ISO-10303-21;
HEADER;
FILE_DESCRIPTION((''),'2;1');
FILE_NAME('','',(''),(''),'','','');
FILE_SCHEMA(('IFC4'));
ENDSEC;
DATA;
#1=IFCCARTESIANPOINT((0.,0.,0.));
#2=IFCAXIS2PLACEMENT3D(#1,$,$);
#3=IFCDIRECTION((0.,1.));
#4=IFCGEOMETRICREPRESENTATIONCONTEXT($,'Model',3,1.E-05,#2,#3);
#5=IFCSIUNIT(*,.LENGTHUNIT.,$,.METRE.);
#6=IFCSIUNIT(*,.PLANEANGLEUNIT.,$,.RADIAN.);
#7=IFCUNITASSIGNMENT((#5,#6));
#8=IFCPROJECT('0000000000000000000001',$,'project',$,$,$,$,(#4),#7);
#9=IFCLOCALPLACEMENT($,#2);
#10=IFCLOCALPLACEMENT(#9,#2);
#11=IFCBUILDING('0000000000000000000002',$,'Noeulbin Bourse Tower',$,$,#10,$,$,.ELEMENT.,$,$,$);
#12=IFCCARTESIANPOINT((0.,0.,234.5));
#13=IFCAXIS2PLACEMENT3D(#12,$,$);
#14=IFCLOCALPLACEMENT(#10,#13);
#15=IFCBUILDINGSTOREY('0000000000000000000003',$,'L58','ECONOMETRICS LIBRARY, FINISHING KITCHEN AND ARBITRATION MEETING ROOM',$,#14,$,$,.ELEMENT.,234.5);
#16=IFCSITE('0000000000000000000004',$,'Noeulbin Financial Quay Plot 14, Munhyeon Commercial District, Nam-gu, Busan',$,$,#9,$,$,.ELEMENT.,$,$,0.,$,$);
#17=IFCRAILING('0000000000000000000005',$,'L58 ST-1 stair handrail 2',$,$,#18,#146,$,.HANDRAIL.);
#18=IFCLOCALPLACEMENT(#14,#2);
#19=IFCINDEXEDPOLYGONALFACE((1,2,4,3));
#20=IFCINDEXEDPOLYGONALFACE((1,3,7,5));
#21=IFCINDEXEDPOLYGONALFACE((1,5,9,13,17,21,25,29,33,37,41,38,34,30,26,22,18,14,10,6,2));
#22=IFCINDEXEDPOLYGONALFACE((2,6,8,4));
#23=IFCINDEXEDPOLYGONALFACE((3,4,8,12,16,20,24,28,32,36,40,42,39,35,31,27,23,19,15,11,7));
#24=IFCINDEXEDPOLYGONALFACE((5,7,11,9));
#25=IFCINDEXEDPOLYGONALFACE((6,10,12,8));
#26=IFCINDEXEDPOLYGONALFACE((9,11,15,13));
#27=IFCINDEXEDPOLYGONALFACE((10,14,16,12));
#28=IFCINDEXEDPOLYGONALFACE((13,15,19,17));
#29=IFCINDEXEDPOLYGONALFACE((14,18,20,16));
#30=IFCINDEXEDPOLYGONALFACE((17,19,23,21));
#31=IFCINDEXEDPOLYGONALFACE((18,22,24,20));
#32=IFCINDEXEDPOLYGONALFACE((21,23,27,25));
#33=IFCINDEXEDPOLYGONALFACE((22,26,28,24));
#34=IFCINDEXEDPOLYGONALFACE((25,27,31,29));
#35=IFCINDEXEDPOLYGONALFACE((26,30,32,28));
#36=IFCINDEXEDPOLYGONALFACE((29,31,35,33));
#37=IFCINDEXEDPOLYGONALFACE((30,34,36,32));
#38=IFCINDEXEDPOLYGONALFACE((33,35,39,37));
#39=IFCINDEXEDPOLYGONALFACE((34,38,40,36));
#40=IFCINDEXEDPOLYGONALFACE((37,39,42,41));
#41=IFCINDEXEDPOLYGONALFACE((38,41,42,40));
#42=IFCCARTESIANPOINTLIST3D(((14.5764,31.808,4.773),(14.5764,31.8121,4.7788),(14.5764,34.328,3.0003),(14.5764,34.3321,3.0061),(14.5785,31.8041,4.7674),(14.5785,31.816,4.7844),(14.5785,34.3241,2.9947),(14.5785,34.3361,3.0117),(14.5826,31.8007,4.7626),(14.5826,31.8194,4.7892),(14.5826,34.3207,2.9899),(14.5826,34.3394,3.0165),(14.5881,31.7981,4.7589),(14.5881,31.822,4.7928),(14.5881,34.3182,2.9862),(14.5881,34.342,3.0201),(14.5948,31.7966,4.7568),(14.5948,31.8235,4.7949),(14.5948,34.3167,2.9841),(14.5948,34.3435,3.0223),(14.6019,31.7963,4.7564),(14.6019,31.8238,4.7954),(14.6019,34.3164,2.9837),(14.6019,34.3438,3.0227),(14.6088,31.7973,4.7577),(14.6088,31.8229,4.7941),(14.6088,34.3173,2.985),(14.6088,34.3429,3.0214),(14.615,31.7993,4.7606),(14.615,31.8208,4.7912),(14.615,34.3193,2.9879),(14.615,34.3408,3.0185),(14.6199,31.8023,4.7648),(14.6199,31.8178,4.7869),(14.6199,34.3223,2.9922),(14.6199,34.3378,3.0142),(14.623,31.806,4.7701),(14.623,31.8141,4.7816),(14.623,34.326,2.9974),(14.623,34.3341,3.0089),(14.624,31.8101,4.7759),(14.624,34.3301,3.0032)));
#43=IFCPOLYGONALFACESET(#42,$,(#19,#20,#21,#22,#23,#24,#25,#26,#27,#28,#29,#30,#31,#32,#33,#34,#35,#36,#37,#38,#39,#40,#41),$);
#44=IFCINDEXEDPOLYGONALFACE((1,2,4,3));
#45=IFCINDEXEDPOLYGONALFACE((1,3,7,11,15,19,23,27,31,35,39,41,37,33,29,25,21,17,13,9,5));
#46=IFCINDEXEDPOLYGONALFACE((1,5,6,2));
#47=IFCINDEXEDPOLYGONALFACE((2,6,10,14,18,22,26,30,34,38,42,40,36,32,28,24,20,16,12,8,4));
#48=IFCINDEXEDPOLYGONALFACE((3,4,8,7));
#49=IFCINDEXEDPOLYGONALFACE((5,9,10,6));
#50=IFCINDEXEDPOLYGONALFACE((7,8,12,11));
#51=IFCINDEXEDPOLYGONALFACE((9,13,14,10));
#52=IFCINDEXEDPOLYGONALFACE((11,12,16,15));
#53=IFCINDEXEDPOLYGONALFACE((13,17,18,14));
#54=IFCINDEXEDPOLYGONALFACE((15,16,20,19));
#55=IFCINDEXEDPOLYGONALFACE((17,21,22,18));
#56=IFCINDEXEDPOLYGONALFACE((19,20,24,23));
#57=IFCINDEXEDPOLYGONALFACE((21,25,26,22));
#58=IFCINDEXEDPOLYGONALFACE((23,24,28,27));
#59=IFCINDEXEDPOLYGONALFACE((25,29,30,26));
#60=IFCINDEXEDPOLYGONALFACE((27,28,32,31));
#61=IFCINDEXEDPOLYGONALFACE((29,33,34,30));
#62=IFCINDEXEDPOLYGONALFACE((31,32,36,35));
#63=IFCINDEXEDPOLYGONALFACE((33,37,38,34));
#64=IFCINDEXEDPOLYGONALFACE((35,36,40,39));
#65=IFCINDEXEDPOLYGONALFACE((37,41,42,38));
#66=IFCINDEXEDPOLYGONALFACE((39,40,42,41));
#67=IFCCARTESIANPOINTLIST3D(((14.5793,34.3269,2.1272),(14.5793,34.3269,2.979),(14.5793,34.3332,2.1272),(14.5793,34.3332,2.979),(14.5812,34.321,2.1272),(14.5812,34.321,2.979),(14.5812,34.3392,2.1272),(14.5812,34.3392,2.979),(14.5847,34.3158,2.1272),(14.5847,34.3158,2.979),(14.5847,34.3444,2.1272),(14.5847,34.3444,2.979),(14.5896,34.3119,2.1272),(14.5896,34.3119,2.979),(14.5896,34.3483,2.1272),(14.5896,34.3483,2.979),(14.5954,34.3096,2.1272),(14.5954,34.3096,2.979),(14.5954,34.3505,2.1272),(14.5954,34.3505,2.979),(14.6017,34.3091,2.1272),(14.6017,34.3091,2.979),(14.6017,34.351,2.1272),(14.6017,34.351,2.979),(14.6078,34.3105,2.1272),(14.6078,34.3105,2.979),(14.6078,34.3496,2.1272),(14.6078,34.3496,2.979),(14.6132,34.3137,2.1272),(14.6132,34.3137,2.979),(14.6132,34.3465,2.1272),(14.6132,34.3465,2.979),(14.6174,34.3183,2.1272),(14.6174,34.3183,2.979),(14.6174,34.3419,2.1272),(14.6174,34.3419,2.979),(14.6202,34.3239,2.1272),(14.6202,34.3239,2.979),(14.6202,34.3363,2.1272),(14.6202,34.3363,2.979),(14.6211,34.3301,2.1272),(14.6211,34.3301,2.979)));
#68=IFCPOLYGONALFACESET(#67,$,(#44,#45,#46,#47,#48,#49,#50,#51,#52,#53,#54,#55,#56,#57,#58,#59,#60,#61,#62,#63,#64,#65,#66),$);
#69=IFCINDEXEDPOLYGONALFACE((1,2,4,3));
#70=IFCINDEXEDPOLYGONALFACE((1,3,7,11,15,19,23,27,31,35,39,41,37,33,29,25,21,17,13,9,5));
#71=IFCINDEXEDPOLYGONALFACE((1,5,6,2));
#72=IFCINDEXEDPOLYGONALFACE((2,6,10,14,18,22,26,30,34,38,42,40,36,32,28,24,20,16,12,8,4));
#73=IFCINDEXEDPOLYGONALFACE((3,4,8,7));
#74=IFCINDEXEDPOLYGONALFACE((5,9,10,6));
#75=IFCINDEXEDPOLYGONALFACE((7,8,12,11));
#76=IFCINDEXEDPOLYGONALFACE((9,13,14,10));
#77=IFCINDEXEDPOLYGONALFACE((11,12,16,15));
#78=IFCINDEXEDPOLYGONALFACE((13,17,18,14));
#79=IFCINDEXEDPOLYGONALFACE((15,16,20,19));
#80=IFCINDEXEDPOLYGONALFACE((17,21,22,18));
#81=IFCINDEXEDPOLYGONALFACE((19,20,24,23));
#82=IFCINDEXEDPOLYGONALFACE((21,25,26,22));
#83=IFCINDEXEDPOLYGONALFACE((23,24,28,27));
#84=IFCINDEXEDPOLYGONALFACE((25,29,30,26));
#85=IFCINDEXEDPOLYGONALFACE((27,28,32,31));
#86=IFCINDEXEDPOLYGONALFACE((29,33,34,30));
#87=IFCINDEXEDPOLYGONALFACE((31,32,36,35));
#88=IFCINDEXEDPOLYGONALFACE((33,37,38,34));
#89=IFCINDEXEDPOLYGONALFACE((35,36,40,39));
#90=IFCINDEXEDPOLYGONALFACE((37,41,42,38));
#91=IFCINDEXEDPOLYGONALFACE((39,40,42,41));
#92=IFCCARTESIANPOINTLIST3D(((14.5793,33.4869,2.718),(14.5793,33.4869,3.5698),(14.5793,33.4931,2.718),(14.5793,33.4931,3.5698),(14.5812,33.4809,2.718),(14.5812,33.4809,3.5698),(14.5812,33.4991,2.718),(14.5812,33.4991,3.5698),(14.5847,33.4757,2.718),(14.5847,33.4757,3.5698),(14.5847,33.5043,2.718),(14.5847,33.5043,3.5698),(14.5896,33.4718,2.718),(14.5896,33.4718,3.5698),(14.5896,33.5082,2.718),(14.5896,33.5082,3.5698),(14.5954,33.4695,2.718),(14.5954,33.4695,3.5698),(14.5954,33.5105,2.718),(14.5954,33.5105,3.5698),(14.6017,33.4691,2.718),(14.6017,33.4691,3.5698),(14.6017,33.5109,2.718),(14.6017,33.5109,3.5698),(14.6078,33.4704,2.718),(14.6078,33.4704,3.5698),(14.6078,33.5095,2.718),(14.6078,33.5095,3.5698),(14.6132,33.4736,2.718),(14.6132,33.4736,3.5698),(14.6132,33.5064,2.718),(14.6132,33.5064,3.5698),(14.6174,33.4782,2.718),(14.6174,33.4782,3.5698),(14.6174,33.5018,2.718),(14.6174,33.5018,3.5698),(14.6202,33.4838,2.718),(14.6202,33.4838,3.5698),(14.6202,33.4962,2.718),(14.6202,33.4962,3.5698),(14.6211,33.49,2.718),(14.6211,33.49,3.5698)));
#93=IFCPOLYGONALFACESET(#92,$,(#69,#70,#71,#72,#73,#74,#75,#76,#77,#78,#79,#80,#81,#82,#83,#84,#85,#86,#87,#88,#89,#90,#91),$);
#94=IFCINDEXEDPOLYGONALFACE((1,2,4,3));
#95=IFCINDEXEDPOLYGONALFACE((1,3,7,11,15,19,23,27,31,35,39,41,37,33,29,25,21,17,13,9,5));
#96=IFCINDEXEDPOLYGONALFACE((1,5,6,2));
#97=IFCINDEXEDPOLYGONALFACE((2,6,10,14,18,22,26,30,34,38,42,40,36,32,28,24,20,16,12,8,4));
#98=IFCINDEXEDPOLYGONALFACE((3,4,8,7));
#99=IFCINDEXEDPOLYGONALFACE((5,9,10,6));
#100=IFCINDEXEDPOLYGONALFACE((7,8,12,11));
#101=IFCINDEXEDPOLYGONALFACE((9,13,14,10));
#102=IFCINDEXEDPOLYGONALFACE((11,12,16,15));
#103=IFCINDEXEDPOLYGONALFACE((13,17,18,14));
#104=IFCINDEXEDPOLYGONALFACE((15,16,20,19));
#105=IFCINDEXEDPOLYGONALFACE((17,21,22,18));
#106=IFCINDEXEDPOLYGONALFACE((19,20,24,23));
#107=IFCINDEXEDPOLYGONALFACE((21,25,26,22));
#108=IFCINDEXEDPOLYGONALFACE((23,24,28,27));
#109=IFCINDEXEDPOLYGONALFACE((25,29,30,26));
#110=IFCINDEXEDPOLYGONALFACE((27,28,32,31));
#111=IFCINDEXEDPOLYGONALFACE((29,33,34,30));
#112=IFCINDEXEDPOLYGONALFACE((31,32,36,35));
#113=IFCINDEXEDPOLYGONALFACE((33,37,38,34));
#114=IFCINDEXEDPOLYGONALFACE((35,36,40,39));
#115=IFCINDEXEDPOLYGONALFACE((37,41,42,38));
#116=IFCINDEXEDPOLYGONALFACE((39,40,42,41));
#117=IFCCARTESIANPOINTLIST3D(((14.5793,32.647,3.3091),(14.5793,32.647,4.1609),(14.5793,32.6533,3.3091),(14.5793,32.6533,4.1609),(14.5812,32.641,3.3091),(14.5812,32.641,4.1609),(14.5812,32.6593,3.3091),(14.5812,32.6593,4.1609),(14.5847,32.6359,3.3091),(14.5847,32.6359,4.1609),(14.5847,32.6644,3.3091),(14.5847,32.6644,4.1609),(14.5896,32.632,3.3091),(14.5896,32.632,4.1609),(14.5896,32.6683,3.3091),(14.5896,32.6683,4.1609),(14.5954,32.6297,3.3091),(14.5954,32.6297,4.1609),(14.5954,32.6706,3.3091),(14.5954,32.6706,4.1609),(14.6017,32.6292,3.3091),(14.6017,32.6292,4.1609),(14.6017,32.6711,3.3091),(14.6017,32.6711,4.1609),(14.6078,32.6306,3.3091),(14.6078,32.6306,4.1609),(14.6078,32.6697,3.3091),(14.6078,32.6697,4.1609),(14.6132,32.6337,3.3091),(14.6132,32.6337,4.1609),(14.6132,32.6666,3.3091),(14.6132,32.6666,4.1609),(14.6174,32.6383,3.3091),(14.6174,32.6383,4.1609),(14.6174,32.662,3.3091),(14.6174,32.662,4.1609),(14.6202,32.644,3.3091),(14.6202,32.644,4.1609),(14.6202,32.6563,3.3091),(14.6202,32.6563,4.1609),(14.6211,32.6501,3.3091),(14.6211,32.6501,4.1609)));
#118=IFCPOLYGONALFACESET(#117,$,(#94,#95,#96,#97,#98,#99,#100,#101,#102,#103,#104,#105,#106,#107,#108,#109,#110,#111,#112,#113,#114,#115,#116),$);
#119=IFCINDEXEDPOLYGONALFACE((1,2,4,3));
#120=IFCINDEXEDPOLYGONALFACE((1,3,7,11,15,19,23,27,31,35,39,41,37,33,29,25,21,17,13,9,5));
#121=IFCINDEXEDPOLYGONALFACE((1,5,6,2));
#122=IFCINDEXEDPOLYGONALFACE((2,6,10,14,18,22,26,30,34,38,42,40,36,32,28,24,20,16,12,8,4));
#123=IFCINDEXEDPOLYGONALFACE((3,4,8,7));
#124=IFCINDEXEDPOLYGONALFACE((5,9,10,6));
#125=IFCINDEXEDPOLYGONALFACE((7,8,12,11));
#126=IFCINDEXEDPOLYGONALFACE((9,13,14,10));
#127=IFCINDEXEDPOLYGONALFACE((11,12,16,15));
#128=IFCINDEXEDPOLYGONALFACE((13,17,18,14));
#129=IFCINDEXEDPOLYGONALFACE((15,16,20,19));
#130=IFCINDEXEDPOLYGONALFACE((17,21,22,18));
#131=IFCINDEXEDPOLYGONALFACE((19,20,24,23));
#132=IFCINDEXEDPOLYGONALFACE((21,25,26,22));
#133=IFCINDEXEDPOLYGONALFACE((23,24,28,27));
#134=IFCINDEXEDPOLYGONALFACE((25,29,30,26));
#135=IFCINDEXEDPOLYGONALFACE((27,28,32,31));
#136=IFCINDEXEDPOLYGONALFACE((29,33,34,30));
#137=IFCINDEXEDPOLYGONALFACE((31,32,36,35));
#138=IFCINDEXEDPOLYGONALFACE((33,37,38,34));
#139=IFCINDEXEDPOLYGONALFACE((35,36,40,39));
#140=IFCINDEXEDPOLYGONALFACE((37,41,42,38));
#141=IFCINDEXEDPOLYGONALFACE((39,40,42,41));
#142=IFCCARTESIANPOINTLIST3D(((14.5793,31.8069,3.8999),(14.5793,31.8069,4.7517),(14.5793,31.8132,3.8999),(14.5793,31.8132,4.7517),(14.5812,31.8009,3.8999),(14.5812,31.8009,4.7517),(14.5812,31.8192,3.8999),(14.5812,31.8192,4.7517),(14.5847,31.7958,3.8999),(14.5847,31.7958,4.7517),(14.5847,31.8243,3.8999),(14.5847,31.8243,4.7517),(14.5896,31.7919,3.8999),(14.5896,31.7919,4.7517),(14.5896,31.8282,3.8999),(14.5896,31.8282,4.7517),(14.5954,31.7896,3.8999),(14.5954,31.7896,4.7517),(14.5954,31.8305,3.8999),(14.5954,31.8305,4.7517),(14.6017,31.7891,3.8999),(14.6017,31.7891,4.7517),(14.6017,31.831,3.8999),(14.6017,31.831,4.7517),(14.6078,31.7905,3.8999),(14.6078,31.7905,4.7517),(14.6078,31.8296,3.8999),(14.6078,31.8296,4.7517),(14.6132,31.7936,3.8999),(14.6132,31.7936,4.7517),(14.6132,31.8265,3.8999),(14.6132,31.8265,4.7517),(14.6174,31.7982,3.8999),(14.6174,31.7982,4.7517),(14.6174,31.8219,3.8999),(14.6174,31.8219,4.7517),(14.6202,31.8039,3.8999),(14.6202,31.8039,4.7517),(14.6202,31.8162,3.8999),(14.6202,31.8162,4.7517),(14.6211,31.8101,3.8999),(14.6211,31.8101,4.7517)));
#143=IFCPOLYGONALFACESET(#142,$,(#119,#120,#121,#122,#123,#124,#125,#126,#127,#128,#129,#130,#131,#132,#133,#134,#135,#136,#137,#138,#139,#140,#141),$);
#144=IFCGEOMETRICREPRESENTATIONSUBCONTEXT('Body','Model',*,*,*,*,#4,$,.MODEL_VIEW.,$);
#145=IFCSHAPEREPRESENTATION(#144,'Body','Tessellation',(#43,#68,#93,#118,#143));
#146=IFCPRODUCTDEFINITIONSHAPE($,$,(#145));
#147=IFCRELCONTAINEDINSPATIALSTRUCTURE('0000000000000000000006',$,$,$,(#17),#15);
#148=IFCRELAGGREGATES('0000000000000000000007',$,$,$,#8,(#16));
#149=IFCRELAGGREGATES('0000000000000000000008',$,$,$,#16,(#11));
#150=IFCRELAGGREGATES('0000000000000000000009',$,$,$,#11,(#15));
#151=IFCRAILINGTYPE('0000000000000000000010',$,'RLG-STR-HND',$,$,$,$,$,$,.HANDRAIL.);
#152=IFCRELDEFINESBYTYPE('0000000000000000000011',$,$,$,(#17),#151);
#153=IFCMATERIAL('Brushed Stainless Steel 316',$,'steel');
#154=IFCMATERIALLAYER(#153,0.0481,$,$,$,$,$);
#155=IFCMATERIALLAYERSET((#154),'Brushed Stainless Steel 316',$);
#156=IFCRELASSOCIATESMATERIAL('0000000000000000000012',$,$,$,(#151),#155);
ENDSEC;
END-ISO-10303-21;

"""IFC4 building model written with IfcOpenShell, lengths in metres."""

from ifc_helpers import new_model, si_unit, direction, frame, origin, origin_2d, place, context, subcontext, project, spatial, circle, extrude, material, layer, layer_set, type_object, element, save


model = new_model("IFC4")

# Units and contexts
model_context = context("Model", 3, precision=1e-05, world=origin(), true_north=direction((0.0, 1.0)))
body_context = subcontext(model_context, "Body", "Model", "MODEL_VIEW")
ifc_project = project(units=[si_unit("LENGTHUNIT", "METRE"), si_unit("PLANEANGLEUNIT", "RADIAN")], contexts=[model_context])

# Site, building, storey
site_placement = place(None, origin())
site = spatial("IfcSite", under=ifc_project, at=site_placement, Name="Noeulbin Financial Quay Plot 14, Munhyeon Commercial District, Nam-gu, Busan", CompositionType="ELEMENT", RefElevation=0.0)
building_placement = place(site_placement, origin())
building = spatial("IfcBuilding", under=site, at=building_placement, Name="Noeulbin Bourse Tower", CompositionType="ELEMENT")
storey_placement = place(building_placement, frame((0.0, 0.0, 234.5)))
storey = spatial("IfcBuildingStorey", under=building, at=storey_placement, Name="L58", Description="ECONOMETRICS LIBRARY, FINISHING KITCHEN AND ARBITRATION MEETING ROOM", CompositionType="ELEMENT", Elevation=234.5)

# Railing
ifc_material_1 = material(Name="Brushed Stainless Steel 316", Category="steel")
ifc_layer_1 = layer(ifc_material_1, 0.0481)
ifc_layer_set_1 = layer_set([ifc_layer_1], Name="Brushed Stainless Steel 316")
railing_type_1 = type_object("IfcRailingType", Name="RLG-STR-HND", PredefinedType="HANDRAIL", material=ifc_layer_set_1)
railing_1_placement = place(storey_placement, frame((14.6001, 34.3301, 2.1272)))
element("IfcRailing", 1, at=railing_1_placement, inside=storey, type_object=railing_type_1, Name="L58 ST-1 stair handrail 2", PredefinedType="HANDRAIL", context=body_context, shape_type="SweptSolid", body=[
    extrude(circle(Radius=0.0239, at=origin_2d()), frame((0.0, 0.0, 0.876), z_axis=(0.0, -0.817904, 0.575354), x_axis=(1.0, 0.0, 0.0)), (0.0, 0.0, 1.0), 3.0811),
    extrude(circle(Radius=0.021, at=origin_2d()), origin(), (0.0, 0.0, 1.0), 0.8518),
    extrude(circle(Radius=0.021, at=origin_2d()), frame((0.0, -0.8401, 0.5908)), (0.0, 0.0, 1.0), 0.8518),
    extrude(circle(Radius=0.021, at=origin_2d()), frame((0.0, -1.6799, 1.1819)), (0.0, 0.0, 1.0), 0.8518),
    extrude(circle(Radius=0.021, at=origin_2d()), frame((0.0, -2.52, 1.7727)), (0.0, 0.0, 1.0), 0.8518),
])

save(model, "model.ifc")
